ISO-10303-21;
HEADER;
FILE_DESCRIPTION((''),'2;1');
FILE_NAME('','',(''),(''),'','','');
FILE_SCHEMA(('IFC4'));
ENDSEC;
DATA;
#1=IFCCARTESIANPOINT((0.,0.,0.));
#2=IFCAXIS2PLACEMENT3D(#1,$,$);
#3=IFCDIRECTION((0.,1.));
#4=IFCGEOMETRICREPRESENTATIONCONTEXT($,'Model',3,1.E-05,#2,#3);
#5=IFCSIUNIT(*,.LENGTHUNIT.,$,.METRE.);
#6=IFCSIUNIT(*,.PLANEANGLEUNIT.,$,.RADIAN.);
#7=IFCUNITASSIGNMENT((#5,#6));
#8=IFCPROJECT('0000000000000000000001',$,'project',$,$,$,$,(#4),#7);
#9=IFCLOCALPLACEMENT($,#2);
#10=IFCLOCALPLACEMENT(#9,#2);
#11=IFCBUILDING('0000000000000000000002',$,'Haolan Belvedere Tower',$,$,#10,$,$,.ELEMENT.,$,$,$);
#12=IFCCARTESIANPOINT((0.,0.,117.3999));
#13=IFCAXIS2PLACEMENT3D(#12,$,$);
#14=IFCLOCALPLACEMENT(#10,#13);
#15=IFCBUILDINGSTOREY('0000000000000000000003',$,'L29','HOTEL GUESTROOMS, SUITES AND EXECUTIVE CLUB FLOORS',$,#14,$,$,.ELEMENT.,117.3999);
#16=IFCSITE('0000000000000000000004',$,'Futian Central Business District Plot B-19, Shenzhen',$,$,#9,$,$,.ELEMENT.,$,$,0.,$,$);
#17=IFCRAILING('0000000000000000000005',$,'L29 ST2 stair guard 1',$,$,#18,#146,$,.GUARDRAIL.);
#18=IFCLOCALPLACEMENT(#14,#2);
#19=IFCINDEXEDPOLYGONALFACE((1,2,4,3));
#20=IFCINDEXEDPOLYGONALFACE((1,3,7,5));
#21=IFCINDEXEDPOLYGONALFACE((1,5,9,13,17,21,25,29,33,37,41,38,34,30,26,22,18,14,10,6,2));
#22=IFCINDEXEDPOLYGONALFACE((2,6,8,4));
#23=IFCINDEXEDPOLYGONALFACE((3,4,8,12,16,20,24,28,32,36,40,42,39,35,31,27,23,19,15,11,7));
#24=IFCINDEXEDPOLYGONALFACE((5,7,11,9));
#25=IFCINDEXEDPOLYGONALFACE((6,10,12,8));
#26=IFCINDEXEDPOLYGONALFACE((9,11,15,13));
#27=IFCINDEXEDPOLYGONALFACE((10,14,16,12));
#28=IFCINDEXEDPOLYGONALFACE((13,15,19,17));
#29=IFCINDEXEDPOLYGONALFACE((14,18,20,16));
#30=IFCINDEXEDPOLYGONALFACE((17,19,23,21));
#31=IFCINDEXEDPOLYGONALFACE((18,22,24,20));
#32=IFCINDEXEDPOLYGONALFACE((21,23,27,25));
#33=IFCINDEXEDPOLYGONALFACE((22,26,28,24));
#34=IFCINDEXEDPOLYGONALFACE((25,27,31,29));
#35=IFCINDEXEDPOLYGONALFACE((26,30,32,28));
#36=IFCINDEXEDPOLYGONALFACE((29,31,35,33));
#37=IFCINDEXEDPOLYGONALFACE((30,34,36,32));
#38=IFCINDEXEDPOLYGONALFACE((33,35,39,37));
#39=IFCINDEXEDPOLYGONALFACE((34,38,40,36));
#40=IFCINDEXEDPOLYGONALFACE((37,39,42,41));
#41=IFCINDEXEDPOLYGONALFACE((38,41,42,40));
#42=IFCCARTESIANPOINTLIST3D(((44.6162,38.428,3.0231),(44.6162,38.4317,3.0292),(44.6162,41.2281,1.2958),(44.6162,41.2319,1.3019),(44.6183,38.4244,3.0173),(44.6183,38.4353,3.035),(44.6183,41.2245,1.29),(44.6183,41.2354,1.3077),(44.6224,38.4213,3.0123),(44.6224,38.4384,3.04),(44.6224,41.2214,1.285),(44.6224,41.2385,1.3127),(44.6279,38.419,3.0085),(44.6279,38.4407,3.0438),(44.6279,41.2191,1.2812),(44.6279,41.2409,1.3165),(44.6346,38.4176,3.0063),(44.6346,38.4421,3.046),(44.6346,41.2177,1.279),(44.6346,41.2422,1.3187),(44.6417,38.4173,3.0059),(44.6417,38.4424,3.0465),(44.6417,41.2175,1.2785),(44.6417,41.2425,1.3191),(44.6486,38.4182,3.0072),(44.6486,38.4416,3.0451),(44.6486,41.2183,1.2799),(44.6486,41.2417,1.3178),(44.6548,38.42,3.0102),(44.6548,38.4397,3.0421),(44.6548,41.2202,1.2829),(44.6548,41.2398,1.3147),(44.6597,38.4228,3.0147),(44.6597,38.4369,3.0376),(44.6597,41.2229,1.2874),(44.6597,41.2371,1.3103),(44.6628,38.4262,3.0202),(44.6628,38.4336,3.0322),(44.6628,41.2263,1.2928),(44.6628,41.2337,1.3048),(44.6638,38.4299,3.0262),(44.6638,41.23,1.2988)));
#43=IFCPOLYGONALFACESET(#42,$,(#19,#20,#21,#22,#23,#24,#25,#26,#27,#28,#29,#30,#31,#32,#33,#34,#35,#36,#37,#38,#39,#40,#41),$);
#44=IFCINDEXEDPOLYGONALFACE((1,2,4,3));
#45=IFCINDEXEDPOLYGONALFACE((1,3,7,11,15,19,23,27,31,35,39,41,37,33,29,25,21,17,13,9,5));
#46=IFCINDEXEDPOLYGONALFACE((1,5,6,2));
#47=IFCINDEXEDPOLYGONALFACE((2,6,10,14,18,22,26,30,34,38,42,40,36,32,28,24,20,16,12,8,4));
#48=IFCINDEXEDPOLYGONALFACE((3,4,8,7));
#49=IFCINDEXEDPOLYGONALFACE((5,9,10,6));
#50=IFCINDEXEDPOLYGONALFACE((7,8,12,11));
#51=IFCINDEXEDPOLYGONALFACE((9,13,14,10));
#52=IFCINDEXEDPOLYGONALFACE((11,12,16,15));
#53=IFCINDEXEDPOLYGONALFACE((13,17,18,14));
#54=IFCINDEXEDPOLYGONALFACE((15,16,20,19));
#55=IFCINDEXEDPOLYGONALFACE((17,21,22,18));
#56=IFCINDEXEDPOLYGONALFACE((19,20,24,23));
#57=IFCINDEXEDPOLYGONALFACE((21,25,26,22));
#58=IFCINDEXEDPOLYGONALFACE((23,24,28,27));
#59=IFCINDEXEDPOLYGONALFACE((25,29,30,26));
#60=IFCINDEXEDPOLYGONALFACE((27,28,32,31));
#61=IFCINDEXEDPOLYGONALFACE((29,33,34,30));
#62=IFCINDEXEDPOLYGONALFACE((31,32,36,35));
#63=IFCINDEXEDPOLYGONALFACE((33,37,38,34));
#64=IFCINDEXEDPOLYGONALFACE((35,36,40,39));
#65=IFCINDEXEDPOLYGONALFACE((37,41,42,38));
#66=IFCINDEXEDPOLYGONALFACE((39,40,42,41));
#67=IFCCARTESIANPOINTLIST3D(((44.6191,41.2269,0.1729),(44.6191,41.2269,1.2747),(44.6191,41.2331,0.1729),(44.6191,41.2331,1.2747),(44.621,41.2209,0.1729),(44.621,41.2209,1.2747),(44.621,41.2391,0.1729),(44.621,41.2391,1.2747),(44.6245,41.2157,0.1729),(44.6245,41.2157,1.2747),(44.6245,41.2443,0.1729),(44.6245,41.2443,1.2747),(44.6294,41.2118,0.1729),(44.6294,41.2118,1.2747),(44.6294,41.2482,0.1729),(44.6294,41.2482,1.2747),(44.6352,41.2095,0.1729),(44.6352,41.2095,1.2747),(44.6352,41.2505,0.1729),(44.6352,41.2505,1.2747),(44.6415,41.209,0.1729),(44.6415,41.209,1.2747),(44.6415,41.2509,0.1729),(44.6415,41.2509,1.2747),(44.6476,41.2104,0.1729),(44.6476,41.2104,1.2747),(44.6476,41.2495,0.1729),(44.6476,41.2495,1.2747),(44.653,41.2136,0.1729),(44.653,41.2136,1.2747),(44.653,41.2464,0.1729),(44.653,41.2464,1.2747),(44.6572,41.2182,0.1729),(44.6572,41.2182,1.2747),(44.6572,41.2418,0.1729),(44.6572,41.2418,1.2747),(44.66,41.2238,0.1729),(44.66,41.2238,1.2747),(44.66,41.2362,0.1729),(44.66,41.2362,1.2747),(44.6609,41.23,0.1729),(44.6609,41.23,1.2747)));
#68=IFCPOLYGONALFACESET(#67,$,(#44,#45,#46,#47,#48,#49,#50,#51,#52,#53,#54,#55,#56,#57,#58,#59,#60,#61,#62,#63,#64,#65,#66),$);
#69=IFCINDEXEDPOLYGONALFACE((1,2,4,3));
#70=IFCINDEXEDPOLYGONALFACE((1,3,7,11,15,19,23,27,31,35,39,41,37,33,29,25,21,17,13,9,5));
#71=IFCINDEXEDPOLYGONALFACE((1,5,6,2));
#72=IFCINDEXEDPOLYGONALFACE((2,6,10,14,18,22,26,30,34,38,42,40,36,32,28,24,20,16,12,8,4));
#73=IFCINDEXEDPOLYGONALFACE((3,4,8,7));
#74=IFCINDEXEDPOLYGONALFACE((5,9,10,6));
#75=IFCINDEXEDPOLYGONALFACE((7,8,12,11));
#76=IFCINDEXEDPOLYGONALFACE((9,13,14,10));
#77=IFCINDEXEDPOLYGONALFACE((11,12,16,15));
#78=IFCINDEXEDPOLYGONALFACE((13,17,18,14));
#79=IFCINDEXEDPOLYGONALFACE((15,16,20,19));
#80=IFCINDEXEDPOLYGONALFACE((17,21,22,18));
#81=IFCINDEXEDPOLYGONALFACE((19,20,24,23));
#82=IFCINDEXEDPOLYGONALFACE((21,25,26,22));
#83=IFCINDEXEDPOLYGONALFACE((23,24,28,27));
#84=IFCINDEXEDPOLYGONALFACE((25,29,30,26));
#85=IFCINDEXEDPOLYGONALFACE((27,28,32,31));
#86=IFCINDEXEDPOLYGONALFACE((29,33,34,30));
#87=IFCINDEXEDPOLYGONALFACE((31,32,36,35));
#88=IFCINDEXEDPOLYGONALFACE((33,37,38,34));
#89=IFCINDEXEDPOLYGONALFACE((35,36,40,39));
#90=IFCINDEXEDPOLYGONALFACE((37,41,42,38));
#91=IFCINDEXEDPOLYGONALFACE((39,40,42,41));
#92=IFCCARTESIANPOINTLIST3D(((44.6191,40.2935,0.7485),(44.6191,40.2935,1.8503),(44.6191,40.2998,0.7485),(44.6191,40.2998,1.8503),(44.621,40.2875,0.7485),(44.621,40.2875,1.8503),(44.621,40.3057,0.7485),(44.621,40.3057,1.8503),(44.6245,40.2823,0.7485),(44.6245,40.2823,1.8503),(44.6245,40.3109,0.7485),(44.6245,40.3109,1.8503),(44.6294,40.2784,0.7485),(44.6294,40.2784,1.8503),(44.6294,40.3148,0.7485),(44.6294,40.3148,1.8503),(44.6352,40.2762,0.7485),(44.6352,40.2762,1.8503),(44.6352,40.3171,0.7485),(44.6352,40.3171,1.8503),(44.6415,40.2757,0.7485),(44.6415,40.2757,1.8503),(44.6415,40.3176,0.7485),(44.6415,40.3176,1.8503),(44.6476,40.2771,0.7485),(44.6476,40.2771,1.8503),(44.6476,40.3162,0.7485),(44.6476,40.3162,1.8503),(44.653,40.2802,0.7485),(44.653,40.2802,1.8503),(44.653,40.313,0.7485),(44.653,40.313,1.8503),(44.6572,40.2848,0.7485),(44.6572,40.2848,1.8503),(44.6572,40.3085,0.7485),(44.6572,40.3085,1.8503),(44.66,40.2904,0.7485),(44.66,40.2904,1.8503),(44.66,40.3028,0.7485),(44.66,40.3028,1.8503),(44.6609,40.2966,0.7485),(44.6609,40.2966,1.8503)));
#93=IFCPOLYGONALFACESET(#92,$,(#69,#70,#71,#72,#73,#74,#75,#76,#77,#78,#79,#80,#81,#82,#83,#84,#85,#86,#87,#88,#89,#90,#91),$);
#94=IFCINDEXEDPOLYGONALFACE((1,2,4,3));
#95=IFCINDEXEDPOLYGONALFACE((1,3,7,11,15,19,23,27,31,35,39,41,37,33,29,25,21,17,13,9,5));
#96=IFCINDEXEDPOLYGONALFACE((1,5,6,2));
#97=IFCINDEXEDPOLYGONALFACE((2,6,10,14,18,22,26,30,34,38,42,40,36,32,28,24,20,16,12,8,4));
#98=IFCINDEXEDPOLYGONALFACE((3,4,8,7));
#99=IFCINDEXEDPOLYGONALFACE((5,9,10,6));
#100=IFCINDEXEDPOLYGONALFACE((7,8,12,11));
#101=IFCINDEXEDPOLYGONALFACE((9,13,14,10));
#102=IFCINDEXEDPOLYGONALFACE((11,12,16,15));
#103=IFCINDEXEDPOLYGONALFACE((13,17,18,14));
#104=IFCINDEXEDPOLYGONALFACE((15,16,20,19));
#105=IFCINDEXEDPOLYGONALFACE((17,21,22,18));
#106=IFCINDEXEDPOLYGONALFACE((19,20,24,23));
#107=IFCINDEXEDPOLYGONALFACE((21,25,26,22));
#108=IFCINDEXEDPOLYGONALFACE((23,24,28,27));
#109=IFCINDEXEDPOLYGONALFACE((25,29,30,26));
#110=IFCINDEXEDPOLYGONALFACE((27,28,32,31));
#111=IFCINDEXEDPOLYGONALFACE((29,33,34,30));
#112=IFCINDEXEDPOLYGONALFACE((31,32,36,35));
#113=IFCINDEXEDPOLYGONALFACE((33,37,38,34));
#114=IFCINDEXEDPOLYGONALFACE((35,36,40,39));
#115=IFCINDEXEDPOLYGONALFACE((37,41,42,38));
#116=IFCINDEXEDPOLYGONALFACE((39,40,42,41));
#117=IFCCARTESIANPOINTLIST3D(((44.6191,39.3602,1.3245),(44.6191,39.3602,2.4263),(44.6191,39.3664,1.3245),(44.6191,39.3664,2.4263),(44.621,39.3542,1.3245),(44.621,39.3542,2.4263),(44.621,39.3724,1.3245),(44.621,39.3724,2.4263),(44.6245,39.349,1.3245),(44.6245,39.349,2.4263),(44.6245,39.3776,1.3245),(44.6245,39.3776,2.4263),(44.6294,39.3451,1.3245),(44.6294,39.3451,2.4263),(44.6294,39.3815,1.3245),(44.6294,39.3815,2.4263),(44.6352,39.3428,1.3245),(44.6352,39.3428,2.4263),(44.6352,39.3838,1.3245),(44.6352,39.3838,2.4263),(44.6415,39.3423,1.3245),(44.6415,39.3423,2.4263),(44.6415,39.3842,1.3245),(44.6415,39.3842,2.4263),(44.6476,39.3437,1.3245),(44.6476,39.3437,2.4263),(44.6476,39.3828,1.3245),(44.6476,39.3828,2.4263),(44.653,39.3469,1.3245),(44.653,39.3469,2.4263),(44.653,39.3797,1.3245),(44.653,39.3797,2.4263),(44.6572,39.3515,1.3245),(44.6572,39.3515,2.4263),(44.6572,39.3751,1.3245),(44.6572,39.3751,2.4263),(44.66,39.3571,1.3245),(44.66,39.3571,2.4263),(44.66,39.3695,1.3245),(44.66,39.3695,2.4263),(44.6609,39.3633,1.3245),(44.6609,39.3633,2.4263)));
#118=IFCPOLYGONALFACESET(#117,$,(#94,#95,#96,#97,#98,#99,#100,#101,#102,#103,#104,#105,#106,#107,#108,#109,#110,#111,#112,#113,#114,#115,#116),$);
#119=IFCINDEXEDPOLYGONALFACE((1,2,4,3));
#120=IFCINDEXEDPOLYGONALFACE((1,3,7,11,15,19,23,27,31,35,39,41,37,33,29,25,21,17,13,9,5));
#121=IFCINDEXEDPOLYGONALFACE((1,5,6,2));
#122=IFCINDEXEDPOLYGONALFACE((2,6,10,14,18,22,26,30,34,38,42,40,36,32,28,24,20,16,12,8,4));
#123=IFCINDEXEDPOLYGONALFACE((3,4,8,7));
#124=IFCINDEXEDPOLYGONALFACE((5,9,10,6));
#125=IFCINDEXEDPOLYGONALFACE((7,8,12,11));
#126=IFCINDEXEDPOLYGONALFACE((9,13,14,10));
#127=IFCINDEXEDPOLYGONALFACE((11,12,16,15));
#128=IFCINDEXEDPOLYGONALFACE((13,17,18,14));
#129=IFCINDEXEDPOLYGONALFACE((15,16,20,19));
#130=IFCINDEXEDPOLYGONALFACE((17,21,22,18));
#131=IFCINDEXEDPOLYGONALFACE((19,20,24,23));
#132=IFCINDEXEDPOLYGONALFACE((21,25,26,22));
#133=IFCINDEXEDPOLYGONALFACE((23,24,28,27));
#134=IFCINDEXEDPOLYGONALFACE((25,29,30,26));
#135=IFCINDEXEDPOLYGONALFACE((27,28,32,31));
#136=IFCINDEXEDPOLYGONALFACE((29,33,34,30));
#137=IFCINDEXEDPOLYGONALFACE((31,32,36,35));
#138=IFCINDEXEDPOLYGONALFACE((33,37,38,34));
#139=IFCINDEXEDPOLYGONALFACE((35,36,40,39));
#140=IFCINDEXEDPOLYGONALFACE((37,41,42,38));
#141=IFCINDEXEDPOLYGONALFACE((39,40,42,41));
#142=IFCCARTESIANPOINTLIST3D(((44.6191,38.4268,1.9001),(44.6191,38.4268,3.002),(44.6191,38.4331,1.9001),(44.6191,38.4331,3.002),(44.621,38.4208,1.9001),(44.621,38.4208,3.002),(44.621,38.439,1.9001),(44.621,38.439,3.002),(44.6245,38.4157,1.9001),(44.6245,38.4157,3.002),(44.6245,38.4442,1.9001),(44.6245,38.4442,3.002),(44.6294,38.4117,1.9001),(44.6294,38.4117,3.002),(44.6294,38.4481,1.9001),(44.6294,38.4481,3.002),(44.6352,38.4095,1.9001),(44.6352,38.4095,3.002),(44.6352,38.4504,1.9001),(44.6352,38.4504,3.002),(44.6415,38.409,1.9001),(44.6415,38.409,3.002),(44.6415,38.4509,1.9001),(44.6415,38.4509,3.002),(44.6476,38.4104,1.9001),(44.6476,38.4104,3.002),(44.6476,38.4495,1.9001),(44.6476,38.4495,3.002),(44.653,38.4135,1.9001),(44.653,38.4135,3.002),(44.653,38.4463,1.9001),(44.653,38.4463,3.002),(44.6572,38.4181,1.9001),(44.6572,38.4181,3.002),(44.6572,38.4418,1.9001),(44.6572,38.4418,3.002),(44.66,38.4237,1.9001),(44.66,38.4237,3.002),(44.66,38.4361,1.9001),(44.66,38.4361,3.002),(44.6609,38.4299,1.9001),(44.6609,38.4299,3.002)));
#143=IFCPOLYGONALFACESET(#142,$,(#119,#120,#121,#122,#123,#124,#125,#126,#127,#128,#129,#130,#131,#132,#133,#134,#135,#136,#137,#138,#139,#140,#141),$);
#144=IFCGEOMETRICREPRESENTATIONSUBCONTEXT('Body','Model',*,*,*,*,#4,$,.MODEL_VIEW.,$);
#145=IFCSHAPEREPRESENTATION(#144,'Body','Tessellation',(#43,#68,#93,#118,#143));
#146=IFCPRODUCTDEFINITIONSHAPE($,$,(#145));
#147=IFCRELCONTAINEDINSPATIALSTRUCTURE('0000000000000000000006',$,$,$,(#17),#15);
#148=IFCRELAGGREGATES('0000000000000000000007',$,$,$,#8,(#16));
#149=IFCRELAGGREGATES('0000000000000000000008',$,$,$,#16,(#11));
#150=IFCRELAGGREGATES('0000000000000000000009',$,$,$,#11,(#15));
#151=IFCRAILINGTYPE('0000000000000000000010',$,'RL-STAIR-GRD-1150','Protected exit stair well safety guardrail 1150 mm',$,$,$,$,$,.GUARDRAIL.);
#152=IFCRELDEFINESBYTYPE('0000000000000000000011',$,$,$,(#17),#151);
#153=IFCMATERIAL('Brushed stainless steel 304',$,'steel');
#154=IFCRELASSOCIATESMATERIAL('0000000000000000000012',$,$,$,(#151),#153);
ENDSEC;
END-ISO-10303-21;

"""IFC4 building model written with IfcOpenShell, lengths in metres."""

from ifc_helpers import new_model, si_unit, direction, frame, origin, origin_2d, place, context, subcontext, project, spatial, circle, extrude, material, type_object, element, save


model = new_model("IFC4")

# Units and contexts
model_context = context("Model", 3, precision=1e-05, world=origin(), true_north=direction((0.0, 1.0)))
body_context = subcontext(model_context, "Body", "Model", "MODEL_VIEW")
ifc_project = project(units=[si_unit("LENGTHUNIT", "METRE"), si_unit("PLANEANGLEUNIT", "RADIAN")], contexts=[model_context])

# Site, building, storey
site_placement = place(None, origin())
site = spatial("IfcSite", under=ifc_project, at=site_placement, Name="Futian Central Business District Plot B-19, Shenzhen", CompositionType="ELEMENT", RefElevation=0.0)
building_placement = place(site_placement, origin())
building = spatial("IfcBuilding", under=site, at=building_placement, Name="Haolan Belvedere Tower", CompositionType="ELEMENT")
storey_placement = place(building_placement, frame((0.0, 0.0, 117.3999)))
storey = spatial("IfcBuildingStorey", under=building, at=storey_placement, Name="L29", Description="HOTEL GUESTROOMS, SUITES AND EXECUTIVE CLUB FLOORS", CompositionType="ELEMENT", Elevation=117.3999)

# Railing
ifc_material_1 = material(Name="Brushed stainless steel 304", Category="steel")
railing_type_1 = type_object("IfcRailingType", Name="RL-STAIR-GRD-1150", Description="Protected exit stair well safety guardrail 1150 mm", PredefinedType="GUARDRAIL", material=ifc_material_1)
railing_1_placement = place(storey_placement, frame((44.6399, 41.23, 0.1729)))
element("IfcRailing", 1, at=railing_1_placement, inside=storey, type_object=railing_type_1, Name="L29 ST2 stair guard 1", PredefinedType="GUARDRAIL", context=body_context, shape_type="SweptSolid", body=[
    extrude(circle(Radius=0.0239, at=origin_2d()), frame((0.0, 0.0, 1.126), z_axis=(0.0, -0.85109, 0.52502), x_axis=(1.0, 0.0, 0.0)), (0.0, 0.0, 1.0), 3.29),
    extrude(circle(Radius=0.021, at=origin_2d()), origin(), (0.0, 0.0, 1.0), 1.1018),
    extrude(circle(Radius=0.021, at=origin_2d()), frame((0.0, -0.9333, 0.5757)), (0.0, 0.0, 1.0), 1.1018),
    extrude(circle(Radius=0.021, at=origin_2d()), frame((0.0, -1.8667, 1.1516)), (0.0, 0.0, 1.0), 1.1018),
    extrude(circle(Radius=0.021, at=origin_2d()), frame((0.0, -2.8, 1.7273)), (0.0, 0.0, 1.0), 1.1018),
])

save(model, "model.ifc")
